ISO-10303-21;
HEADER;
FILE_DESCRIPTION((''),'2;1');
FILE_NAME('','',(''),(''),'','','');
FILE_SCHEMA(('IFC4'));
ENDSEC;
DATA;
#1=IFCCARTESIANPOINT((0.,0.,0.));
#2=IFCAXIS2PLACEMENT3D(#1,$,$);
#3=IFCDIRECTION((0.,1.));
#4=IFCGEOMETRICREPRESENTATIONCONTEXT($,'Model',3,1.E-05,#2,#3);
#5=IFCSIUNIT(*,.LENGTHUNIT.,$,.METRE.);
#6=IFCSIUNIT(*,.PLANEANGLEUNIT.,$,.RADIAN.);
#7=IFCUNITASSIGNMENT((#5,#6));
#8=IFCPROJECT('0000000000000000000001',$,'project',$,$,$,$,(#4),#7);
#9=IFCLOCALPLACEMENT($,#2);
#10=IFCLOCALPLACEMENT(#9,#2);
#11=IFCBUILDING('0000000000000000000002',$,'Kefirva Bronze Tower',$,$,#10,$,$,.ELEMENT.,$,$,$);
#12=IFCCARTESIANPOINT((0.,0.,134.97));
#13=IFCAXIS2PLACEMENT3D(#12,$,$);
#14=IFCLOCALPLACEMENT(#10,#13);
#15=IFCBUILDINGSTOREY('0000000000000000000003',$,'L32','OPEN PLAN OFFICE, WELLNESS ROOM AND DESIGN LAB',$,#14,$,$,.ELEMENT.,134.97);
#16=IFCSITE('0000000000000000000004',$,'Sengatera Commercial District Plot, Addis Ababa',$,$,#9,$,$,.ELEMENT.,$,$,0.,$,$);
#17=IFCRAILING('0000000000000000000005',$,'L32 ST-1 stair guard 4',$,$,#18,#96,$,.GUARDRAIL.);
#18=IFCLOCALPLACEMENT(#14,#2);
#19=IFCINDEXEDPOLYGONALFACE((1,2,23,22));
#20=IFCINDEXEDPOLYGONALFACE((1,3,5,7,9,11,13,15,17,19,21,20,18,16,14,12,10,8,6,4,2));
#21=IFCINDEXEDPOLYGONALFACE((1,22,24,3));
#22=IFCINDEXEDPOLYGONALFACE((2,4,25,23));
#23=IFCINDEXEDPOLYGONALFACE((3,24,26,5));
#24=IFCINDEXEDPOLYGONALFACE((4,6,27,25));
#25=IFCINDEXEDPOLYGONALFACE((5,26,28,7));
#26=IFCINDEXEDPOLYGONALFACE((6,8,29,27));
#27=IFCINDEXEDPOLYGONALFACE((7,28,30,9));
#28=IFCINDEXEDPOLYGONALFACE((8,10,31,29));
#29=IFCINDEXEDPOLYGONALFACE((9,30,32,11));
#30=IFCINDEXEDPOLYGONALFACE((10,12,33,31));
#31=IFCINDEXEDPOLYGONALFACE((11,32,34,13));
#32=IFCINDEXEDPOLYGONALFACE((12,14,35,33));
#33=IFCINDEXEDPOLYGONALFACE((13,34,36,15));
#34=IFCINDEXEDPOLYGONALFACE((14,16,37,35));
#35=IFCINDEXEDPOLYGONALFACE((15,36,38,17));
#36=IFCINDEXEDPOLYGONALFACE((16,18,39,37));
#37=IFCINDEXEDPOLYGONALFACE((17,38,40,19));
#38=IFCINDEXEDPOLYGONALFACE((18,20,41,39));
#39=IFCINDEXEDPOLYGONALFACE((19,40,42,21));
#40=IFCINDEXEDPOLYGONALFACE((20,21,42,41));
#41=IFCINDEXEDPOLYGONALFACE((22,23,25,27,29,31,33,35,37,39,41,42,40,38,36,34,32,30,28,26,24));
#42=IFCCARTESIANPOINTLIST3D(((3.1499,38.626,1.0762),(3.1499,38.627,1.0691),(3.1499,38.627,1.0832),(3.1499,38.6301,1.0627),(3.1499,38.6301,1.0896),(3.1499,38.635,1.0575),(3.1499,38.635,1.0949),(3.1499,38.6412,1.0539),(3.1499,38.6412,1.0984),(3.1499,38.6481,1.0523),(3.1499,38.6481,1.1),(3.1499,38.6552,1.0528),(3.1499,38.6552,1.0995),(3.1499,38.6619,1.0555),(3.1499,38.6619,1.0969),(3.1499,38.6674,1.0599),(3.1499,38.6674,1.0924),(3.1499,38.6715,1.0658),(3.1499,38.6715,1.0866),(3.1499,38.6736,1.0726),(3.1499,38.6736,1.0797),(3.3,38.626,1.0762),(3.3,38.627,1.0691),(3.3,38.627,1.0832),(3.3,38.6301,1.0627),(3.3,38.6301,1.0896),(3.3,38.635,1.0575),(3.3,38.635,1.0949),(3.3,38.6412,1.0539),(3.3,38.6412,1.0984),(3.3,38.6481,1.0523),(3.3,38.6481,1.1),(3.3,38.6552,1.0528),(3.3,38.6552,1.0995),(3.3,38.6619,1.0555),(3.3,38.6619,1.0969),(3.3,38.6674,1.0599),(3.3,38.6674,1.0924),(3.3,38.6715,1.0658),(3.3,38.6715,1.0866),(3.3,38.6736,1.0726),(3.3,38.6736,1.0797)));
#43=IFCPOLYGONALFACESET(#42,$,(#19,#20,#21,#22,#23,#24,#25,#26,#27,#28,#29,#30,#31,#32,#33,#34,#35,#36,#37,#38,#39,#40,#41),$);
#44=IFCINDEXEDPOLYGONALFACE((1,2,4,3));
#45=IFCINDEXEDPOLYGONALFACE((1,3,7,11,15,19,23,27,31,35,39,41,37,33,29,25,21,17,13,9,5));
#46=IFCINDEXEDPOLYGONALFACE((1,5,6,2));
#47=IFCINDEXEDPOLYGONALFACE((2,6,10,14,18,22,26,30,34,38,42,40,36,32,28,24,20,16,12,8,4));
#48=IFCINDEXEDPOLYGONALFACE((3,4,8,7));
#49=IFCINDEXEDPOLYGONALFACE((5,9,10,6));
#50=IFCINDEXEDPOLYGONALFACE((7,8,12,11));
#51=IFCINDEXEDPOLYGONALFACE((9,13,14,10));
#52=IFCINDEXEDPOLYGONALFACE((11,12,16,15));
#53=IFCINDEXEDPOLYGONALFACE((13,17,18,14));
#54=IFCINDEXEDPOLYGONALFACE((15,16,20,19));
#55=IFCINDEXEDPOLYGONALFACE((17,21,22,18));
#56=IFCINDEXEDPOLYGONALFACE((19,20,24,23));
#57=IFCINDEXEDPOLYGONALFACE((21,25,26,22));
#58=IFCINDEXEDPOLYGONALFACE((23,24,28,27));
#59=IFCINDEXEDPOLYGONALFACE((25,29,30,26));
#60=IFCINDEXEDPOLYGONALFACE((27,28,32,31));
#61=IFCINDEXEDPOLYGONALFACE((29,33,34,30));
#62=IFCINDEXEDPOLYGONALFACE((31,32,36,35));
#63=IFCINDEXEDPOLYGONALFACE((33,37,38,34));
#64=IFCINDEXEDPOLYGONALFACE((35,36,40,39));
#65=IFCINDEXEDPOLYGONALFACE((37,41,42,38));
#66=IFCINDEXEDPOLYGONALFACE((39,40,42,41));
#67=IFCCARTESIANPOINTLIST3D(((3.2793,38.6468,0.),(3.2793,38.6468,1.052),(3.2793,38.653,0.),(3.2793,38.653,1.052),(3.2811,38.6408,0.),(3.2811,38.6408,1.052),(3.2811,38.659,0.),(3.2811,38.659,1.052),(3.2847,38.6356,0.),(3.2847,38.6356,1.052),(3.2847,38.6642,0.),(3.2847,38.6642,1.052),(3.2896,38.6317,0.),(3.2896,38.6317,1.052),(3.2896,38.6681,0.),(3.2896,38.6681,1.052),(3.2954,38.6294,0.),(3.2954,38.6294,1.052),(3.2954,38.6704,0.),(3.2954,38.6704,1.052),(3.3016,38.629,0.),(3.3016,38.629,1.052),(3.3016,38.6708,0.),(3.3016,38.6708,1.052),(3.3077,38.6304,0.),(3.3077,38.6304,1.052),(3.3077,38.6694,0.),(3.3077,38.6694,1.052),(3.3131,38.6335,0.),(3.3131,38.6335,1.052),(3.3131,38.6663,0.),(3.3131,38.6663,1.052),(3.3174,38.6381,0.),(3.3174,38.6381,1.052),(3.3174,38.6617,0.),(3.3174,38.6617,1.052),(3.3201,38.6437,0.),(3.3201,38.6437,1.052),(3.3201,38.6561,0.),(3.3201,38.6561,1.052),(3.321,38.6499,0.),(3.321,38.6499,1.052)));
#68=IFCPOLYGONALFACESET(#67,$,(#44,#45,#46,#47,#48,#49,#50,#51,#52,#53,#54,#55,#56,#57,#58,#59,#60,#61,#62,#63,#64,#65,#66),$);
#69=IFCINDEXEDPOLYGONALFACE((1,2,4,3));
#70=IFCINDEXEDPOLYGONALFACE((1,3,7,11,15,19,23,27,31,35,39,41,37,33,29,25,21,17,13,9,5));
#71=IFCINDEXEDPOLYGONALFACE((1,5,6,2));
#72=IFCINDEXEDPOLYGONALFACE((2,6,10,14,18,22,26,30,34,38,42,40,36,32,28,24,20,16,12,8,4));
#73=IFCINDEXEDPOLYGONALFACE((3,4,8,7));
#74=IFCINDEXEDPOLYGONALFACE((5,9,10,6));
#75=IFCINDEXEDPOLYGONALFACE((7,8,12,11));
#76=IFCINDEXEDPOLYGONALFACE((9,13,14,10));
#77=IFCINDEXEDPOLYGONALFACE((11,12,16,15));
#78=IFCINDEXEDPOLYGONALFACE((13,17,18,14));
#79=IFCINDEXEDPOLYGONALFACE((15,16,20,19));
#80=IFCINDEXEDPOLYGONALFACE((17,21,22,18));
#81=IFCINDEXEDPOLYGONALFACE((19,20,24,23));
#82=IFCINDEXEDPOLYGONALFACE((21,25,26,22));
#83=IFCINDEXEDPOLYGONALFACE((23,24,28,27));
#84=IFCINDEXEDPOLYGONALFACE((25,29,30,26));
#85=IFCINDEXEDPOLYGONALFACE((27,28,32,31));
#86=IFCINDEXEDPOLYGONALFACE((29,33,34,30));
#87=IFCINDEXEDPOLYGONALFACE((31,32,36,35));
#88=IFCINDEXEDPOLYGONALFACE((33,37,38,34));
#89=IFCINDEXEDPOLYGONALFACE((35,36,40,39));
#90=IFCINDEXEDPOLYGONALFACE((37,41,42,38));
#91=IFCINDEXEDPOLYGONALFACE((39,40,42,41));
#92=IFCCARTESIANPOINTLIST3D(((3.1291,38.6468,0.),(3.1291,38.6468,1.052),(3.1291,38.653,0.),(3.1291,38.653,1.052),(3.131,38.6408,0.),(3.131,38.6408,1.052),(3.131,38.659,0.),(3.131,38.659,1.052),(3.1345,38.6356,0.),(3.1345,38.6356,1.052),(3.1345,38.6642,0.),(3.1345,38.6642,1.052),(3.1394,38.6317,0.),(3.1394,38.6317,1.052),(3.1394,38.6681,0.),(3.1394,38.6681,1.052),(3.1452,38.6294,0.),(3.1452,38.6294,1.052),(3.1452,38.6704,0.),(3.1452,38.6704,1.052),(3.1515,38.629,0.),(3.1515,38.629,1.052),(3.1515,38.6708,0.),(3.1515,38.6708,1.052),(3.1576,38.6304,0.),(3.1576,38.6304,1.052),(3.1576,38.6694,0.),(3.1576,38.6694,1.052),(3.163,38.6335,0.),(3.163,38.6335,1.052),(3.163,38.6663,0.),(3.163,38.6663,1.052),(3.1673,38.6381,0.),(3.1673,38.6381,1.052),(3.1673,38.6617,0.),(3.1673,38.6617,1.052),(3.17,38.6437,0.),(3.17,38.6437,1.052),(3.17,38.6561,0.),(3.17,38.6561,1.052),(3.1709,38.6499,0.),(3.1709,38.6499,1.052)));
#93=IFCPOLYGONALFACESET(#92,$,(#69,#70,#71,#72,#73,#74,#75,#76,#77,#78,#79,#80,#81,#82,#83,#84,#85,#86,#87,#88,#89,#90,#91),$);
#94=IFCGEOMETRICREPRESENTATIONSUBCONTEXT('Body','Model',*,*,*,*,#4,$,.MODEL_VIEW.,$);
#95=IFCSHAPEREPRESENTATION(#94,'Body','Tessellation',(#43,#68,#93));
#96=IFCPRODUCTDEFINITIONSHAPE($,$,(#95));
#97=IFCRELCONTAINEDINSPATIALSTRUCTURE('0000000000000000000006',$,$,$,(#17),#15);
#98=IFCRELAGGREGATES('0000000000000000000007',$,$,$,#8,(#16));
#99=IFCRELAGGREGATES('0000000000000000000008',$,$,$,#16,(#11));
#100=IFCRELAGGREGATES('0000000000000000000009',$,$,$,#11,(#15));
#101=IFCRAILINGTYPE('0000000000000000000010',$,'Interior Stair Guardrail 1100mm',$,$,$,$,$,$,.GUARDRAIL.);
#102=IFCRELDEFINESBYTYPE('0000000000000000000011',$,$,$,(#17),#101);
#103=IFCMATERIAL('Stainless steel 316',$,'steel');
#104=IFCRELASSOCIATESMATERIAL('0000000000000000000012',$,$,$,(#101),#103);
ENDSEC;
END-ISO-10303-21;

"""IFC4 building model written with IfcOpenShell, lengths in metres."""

from ifc_helpers import new_model, si_unit, direction, frame, origin, origin_2d, place, context, subcontext, project, spatial, circle, extrude, material, type_object, element, save


model = new_model("IFC4")

# Units and contexts
model_context = context("Model", 3, precision=1e-05, world=origin(), true_north=direction((0.0, 1.0)))
body_context = subcontext(model_context, "Body", "Model", "MODEL_VIEW")
ifc_project = project(units=[si_unit("LENGTHUNIT", "METRE"), si_unit("PLANEANGLEUNIT", "RADIAN")], contexts=[model_context])

# Site, building, storey
site_placement = place(None, origin())
site = spatial("IfcSite", under=ifc_project, at=site_placement, Name="Sengatera Commercial District Plot, Addis Ababa", CompositionType="ELEMENT", RefElevation=0.0)
building_placement = place(site_placement, origin())
building = spatial("IfcBuilding", under=site, at=building_placement, Name="Kefirva Bronze Tower", CompositionType="ELEMENT")
storey_placement = place(building_placement, frame((0.0, 0.0, 134.97)))
storey = spatial("IfcBuildingStorey", under=building, at=storey_placement, Name="L32", Description="OPEN PLAN OFFICE, WELLNESS ROOM AND DESIGN LAB", CompositionType="ELEMENT", Elevation=134.97)

# Railing
ifc_material_1 = material(Name="Stainless steel 316", Category="steel")
railing_type_1 = type_object("IfcRailingType", Name="Interior Stair Guardrail 1100mm", PredefinedType="GUARDRAIL", material=ifc_material_1)
railing_1_placement = place(storey_placement, frame((3.3, 38.6499, 0.0)))
element("IfcRailing", 1, at=railing_1_placement, inside=storey, type_object=railing_type_1, Name="L32 ST-1 stair guard 4", PredefinedType="GUARDRAIL", context=body_context, shape_type="SweptSolid", body=[
    extrude(circle(Radius=0.0239, at=origin_2d()), frame((0.0, 0.0, 1.0762), z_axis=(-1.0, 0.0, 0.0), x_axis=(0.0, -1.0, 0.0)), (0.0, 0.0, 1.0), 0.1501),
    extrude(circle(Radius=0.021, at=origin_2d()), origin(), (0.0, 0.0, 1.0), 1.052),
    extrude(circle(Radius=0.021, at=origin_2d()), frame((-0.1501, 0.0, 0.0)), (0.0, 0.0, 1.0), 1.052),
])

save(model, "model.ifc")
